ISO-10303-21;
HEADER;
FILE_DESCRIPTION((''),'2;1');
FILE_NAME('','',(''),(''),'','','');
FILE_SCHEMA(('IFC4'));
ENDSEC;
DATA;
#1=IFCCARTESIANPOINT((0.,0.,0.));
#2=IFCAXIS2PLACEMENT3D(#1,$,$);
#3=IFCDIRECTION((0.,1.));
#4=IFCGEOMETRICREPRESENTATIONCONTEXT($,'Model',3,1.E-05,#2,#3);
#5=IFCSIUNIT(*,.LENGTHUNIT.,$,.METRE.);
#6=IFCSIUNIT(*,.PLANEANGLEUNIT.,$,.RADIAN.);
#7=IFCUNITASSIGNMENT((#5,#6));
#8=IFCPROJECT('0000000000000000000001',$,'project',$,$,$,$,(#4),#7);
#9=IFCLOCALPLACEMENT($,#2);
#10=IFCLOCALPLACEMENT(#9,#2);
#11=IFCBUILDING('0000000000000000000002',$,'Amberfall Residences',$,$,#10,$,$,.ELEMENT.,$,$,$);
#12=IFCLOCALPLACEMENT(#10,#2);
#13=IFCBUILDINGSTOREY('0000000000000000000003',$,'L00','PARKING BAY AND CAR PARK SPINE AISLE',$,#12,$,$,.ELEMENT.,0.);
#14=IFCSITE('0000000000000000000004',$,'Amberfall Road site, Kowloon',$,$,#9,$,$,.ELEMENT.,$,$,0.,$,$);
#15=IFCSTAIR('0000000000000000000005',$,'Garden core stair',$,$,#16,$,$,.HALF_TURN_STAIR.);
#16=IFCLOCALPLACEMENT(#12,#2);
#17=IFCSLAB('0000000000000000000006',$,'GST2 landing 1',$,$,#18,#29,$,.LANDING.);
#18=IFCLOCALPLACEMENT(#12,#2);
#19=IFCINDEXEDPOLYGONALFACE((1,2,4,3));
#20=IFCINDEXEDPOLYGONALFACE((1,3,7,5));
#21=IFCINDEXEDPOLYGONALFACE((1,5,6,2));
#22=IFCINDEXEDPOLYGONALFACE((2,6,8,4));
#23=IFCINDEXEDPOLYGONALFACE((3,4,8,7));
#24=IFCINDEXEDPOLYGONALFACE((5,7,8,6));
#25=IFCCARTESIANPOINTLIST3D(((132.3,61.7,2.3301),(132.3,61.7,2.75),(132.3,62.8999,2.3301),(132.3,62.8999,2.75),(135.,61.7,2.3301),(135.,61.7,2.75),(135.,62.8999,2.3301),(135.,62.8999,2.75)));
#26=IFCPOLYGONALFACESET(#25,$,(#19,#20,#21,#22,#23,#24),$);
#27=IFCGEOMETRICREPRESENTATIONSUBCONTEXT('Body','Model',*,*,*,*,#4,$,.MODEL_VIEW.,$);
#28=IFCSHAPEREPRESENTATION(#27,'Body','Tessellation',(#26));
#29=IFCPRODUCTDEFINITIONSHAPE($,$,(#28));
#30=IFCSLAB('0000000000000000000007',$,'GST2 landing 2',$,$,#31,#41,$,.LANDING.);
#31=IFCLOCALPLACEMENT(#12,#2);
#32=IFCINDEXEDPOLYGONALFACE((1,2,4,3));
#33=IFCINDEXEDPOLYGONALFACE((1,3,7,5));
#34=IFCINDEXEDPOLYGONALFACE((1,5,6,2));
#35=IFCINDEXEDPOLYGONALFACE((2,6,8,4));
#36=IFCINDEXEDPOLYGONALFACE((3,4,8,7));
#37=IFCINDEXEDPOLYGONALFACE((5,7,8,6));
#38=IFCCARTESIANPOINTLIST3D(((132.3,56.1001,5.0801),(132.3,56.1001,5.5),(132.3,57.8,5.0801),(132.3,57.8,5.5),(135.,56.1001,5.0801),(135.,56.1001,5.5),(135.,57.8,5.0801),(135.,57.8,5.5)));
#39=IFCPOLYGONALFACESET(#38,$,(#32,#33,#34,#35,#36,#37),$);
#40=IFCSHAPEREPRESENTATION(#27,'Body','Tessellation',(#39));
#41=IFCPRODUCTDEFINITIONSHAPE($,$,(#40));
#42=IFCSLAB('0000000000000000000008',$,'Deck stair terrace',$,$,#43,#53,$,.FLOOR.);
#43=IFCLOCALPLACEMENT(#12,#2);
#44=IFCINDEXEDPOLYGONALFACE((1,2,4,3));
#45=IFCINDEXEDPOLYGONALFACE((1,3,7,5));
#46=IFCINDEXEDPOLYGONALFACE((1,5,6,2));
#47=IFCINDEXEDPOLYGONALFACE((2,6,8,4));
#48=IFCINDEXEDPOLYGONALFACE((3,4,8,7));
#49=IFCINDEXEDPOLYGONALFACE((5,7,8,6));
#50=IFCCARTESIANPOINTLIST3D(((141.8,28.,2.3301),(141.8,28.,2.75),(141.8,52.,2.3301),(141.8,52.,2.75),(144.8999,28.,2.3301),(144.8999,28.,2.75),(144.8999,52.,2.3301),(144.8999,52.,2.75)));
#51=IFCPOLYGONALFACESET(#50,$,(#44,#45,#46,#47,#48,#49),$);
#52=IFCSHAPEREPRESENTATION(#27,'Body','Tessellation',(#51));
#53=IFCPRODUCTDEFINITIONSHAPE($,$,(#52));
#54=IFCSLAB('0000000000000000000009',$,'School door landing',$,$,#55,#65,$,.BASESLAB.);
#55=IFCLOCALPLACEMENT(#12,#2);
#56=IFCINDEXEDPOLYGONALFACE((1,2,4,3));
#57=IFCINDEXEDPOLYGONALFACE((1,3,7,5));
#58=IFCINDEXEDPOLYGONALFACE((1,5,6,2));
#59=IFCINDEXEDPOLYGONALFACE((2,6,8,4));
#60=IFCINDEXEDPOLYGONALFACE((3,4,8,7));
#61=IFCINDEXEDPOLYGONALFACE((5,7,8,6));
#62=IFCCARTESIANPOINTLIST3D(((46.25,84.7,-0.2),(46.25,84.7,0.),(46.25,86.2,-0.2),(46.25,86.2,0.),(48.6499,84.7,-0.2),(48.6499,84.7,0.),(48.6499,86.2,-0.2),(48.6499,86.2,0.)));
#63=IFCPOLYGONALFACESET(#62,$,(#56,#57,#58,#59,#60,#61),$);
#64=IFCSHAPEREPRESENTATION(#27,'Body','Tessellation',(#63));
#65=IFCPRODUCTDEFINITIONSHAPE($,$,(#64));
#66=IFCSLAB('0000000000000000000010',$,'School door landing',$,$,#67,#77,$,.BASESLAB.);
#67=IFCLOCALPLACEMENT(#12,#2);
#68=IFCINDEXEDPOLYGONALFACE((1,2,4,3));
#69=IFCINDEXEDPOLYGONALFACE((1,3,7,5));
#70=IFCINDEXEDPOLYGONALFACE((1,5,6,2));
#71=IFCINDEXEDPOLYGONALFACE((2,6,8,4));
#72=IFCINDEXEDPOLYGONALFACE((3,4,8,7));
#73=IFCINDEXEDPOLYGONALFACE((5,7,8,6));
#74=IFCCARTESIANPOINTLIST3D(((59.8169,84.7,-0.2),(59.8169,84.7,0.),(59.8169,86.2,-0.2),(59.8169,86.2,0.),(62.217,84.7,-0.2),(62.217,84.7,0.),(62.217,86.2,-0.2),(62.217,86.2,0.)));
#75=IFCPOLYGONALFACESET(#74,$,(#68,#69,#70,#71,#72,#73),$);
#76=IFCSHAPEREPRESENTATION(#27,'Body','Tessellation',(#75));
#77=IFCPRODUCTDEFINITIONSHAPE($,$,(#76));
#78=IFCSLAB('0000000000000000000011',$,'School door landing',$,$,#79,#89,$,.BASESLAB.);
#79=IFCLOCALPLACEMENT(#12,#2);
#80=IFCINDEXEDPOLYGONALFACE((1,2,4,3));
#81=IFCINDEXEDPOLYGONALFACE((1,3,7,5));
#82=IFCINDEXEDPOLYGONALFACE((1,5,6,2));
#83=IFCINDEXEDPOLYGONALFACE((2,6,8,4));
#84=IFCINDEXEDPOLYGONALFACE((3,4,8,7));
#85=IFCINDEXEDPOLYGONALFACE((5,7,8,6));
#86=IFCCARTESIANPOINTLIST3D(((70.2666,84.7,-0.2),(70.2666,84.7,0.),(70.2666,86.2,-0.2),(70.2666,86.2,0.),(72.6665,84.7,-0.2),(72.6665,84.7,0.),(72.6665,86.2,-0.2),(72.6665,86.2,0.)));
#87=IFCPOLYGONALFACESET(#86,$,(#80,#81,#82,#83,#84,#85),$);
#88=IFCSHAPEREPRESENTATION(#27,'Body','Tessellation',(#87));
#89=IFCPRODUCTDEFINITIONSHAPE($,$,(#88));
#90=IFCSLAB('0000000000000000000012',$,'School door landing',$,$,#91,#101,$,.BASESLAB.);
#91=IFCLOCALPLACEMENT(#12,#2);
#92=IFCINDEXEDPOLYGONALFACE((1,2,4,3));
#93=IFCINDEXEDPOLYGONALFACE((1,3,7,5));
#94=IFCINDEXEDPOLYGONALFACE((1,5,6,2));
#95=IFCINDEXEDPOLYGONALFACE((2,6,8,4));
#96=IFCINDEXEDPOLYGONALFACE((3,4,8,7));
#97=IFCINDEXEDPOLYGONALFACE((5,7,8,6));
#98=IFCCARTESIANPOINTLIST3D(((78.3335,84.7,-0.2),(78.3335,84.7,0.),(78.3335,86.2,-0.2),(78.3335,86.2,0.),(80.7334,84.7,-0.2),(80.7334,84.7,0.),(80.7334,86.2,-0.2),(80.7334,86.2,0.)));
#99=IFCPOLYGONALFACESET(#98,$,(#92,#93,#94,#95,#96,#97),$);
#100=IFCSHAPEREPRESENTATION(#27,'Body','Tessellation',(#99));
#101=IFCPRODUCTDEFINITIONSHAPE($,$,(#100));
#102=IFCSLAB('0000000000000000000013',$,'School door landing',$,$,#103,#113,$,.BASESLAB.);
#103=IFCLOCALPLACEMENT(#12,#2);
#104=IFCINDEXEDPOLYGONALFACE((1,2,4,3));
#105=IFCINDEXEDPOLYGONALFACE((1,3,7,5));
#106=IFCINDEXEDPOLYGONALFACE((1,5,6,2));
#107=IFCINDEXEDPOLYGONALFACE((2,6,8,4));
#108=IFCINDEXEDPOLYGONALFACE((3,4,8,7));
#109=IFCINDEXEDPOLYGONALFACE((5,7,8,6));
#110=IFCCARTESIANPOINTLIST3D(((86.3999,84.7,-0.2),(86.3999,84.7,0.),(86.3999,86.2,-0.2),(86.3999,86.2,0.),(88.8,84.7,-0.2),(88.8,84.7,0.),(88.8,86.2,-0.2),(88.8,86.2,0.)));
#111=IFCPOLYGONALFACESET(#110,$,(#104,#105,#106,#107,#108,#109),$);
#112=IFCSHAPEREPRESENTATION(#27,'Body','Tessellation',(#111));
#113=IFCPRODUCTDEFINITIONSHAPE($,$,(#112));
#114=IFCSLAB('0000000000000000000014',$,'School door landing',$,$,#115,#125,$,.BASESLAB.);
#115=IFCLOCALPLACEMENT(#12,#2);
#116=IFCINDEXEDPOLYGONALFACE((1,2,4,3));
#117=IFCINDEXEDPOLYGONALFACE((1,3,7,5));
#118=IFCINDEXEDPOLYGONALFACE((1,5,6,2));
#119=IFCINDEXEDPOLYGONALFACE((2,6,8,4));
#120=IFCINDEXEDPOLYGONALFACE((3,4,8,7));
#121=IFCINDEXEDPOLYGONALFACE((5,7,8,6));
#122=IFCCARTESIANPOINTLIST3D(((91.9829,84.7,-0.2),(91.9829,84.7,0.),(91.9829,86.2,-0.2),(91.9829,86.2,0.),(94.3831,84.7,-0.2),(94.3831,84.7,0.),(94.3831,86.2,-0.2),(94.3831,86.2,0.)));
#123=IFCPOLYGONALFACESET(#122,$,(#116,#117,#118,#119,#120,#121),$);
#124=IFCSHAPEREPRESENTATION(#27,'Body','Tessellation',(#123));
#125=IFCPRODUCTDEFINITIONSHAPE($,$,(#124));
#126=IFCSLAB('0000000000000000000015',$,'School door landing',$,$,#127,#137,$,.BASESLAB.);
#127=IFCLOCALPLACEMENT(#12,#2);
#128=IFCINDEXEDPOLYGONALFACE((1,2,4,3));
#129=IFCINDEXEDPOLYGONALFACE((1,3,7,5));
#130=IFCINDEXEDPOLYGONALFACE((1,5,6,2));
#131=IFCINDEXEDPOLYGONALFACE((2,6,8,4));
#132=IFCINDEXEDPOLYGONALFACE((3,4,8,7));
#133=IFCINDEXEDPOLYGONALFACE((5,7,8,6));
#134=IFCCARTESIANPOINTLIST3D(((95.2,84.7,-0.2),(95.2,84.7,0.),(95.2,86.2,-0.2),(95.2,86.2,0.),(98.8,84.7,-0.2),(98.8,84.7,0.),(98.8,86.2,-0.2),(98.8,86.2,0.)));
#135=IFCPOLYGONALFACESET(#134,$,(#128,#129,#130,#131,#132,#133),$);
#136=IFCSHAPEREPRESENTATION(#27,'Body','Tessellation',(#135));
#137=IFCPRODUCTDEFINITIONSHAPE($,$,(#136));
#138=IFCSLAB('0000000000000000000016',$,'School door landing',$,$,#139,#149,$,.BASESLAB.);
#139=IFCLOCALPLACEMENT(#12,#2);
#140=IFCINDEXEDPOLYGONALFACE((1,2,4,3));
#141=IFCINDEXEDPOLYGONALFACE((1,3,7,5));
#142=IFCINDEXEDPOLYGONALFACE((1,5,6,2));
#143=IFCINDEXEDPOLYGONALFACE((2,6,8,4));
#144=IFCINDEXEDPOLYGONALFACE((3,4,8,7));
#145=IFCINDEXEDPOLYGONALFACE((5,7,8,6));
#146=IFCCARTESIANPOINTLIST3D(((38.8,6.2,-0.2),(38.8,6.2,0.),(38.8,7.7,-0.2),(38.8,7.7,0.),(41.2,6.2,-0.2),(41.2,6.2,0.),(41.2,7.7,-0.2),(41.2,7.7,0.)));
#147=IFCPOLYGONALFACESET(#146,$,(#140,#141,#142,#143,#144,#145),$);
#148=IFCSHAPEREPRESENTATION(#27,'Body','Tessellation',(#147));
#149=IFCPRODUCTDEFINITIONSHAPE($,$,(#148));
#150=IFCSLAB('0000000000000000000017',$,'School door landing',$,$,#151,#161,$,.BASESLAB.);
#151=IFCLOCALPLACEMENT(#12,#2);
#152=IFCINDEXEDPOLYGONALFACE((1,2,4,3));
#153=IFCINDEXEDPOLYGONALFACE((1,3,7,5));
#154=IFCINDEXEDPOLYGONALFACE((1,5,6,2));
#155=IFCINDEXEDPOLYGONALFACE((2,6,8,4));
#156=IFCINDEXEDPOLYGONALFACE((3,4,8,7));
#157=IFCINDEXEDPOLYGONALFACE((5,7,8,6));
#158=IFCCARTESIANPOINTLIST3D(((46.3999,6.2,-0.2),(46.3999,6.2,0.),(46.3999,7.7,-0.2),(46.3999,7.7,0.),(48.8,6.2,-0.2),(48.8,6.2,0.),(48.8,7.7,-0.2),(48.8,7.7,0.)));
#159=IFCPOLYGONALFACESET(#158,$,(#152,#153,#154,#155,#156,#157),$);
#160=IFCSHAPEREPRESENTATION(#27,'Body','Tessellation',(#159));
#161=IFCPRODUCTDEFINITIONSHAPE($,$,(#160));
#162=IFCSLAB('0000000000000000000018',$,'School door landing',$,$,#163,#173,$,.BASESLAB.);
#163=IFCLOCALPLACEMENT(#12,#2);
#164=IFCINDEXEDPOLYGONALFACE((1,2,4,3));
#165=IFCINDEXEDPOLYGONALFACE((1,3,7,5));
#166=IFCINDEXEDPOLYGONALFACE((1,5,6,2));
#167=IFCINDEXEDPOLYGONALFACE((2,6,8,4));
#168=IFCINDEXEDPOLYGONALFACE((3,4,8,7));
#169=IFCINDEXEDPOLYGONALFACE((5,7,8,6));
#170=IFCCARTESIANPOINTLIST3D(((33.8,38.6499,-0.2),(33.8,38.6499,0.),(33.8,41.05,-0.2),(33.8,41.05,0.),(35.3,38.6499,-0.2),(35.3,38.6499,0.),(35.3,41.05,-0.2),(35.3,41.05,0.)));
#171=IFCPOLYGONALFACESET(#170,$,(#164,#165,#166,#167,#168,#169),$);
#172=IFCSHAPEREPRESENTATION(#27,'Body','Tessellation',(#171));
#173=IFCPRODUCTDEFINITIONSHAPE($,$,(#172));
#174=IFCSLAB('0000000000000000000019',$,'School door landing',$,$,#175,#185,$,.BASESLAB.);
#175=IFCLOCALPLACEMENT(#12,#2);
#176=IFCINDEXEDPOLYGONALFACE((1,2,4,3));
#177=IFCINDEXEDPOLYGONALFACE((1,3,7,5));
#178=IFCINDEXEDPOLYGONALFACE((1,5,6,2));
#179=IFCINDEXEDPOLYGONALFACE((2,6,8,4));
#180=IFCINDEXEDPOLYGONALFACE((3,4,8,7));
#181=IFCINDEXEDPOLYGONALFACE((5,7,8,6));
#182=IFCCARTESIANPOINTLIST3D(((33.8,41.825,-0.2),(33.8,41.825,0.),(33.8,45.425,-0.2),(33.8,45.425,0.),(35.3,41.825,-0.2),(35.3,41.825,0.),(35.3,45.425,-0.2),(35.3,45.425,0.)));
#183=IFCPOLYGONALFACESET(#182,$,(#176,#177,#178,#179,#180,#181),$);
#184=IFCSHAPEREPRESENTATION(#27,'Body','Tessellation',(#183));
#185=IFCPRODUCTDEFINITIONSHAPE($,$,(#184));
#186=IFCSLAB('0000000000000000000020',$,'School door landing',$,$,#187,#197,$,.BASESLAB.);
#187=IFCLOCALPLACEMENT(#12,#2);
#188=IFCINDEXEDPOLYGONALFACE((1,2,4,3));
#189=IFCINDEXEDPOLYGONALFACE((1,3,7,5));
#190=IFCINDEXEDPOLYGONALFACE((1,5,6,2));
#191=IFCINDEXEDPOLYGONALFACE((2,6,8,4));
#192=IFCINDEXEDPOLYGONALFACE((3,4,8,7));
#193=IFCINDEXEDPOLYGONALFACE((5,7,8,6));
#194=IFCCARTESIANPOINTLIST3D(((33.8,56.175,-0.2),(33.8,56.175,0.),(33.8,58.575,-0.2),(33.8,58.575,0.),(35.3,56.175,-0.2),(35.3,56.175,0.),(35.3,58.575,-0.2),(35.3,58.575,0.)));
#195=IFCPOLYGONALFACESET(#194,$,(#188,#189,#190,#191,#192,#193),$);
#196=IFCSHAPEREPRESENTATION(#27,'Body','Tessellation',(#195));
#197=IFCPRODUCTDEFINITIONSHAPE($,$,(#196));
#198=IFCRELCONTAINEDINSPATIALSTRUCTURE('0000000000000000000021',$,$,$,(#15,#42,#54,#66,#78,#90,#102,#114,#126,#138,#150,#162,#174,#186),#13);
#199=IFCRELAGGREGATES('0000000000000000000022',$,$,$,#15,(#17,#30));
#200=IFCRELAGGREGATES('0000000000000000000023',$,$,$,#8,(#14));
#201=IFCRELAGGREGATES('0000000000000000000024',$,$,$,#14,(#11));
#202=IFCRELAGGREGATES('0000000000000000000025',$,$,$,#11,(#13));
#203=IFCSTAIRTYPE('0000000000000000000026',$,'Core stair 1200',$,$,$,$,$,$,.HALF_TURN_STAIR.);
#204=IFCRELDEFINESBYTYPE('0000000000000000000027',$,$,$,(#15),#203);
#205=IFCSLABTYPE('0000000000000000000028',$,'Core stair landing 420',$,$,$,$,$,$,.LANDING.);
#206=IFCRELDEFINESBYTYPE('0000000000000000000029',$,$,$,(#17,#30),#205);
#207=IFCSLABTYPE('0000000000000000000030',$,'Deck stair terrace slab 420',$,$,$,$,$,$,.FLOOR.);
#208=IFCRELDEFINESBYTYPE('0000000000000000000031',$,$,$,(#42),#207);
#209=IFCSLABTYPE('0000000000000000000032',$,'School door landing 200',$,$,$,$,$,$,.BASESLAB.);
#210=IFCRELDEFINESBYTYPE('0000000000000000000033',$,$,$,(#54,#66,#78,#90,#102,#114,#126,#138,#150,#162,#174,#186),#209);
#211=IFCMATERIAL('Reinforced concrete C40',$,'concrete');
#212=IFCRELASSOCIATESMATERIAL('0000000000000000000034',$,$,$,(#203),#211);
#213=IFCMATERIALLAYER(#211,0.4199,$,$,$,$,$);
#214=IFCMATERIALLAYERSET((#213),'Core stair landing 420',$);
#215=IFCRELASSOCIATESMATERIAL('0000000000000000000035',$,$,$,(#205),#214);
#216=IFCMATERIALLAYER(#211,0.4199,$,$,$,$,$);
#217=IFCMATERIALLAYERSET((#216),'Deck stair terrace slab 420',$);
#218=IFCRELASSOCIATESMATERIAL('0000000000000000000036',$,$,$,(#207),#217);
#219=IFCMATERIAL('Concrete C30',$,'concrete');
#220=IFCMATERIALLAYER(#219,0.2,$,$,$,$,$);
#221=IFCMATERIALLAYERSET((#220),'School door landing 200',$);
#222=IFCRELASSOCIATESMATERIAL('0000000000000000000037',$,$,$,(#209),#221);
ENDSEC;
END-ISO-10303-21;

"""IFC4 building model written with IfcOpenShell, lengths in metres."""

from ifc_helpers import new_model, si_unit, direction, frame, origin, place, context, subcontext, project, spatial, polyline, outline, extrude, material, layer, layer_set, type_object, element, aggregate, save


model = new_model("IFC4")

# Units and contexts
model_context = context("Model", 3, precision=1e-05, world=origin(), true_north=direction((0.0, 1.0)))
body_context = subcontext(model_context, "Body", "Model", "MODEL_VIEW")
ifc_project = project(units=[si_unit("LENGTHUNIT", "METRE"), si_unit("PLANEANGLEUNIT", "RADIAN")], contexts=[model_context])

# Site, building, storey
site_placement = place(None, origin())
site = spatial("IfcSite", under=ifc_project, at=site_placement, Name="Amberfall Road site, Kowloon", CompositionType="ELEMENT", RefElevation=0.0)
building_placement = place(site_placement, origin())
building = spatial("IfcBuilding", under=site, at=building_placement, Name="Amberfall Residences", CompositionType="ELEMENT")
storey_placement = place(building_placement, origin())
storey = spatial("IfcBuildingStorey", under=building, at=storey_placement, Name="L00", Description="PARKING BAY AND CAR PARK SPINE AISLE", CompositionType="ELEMENT", Elevation=0.0)

# Stair, slabs
ifc_material_1 = material(Name="Reinforced concrete C40", Category="concrete")
stair_type_1 = type_object("IfcStairType", Name="Core stair 1200", PredefinedType="HALF_TURN_STAIR", material=ifc_material_1)
stair_1_placement = place(storey_placement, origin())
stair_1 = element("IfcStair", 1, at=stair_1_placement, inside=storey, type_object=stair_type_1, Name="Garden core stair", PredefinedType="HALF_TURN_STAIR")
ifc_layer_1 = layer(ifc_material_1, 0.4199)
ifc_layer_set_1 = layer_set([ifc_layer_1], Name="Core stair landing 420")
slab_type_1 = type_object("IfcSlabType", Name="Core stair landing 420", PredefinedType="LANDING", material=ifc_layer_set_1)
slab_1_placement = place(storey_placement, frame((0.0, 0.0, 2.3301)))
slab_1 = element("IfcSlab", 2, at=slab_1_placement, type_object=slab_type_1, Name="GST2 landing 1", PredefinedType="LANDING", context=body_context, shape_type="SweptSolid", body=[
    extrude(outline(polyline([(132.3, 61.7), (135.0, 61.7), (135.0, 62.8999), (132.3, 62.8999), (132.3, 61.7)])), origin(), (0.0, 0.0, 1.0), 0.4199),
])
slab_2_placement = place(storey_placement, frame((0.0, 0.0, 5.0801)))
slab_2 = element("IfcSlab", 3, at=slab_2_placement, type_object=slab_type_1, Name="GST2 landing 2", PredefinedType="LANDING", context=body_context, shape_type="SweptSolid", body=[
    extrude(outline(polyline([(132.3, 56.1001), (135.0, 56.1001), (135.0, 57.8), (132.3, 57.8), (132.3, 56.1001)])), origin(), (0.0, 0.0, 1.0), 0.4199),
])
aggregate(stair_1, [slab_1, slab_2])

# Slabs
ifc_layer_2 = layer(ifc_material_1, 0.4199)
ifc_layer_set_2 = layer_set([ifc_layer_2], Name="Deck stair terrace slab 420")
slab_type_2 = type_object("IfcSlabType", Name="Deck stair terrace slab 420", PredefinedType="FLOOR", material=ifc_layer_set_2)
slab_3_placement = place(storey_placement, frame((0.0, 0.0, 2.3301)))
element("IfcSlab", 4, at=slab_3_placement, inside=storey, type_object=slab_type_2, Name="Deck stair terrace", PredefinedType="FLOOR", context=body_context, shape_type="SweptSolid", body=[
    extrude(outline(polyline([(144.8999, 28.0), (141.8, 28.0), (141.8, 52.0), (144.8999, 52.0), (144.8999, 28.0)])), origin(), (0.0, 0.0, 1.0), 0.4199),
])
ifc_material_2 = material(Name="Concrete C30", Category="concrete")
ifc_layer_3 = layer(ifc_material_2, 0.2)
ifc_layer_set_3 = layer_set([ifc_layer_3], Name="School door landing 200")
slab_type_3 = type_object("IfcSlabType", Name="School door landing 200", PredefinedType="BASESLAB", material=ifc_layer_set_3)
slab_4_placement = place(storey_placement, frame((0.0, 0.0, -0.2)))
element("IfcSlab", 5, at=slab_4_placement, inside=storey, type_object=slab_type_3, Name="School door landing", PredefinedType="BASESLAB", context=body_context, shape_type="SweptSolid", body=[
    extrude(outline(polyline([(46.25, 84.7), (48.6499, 84.7), (48.6499, 86.2), (46.25, 86.2), (46.25, 84.7)])), origin(), (0.0, 0.0, 1.0), 0.2),
])
slab_5_placement = place(storey_placement, frame((0.0, 0.0, -0.2)))
element("IfcSlab", 6, at=slab_5_placement, inside=storey, type_object=slab_type_3, Name="School door landing", PredefinedType="BASESLAB", context=body_context, shape_type="SweptSolid", body=[
    extrude(outline(polyline([(59.8169, 84.7), (62.217, 84.7), (62.217, 86.2), (59.8169, 86.2), (59.8169, 84.7)])), origin(), (0.0, 0.0, 1.0), 0.2),
])
slab_6_placement = place(storey_placement, frame((0.0, 0.0, -0.2)))
element("IfcSlab", 7, at=slab_6_placement, inside=storey, type_object=slab_type_3, Name="School door landing", PredefinedType="BASESLAB", context=body_context, shape_type="SweptSolid", body=[
    extrude(outline(polyline([(70.2666, 84.7), (72.6665, 84.7), (72.6665, 86.2), (70.2666, 86.2), (70.2666, 84.7)])), origin(), (0.0, 0.0, 1.0), 0.2),
])
slab_7_placement = place(storey_placement, frame((0.0, 0.0, -0.2)))
element("IfcSlab", 8, at=slab_7_placement, inside=storey, type_object=slab_type_3, Name="School door landing", PredefinedType="BASESLAB", context=body_context, shape_type="SweptSolid", body=[
    extrude(outline(polyline([(78.3335, 84.7), (80.7334, 84.7), (80.7334, 86.2), (78.3335, 86.2), (78.3335, 84.7)])), origin(), (0.0, 0.0, 1.0), 0.2),
])
slab_8_placement = place(storey_placement, frame((0.0, 0.0, -0.2)))
element("IfcSlab", 9, at=slab_8_placement, inside=storey, type_object=slab_type_3, Name="School door landing", PredefinedType="BASESLAB", context=body_context, shape_type="SweptSolid", body=[
    extrude(outline(polyline([(86.3999, 84.7), (88.8, 84.7), (88.8, 86.2), (86.3999, 86.2), (86.3999, 84.7)])), origin(), (0.0, 0.0, 1.0), 0.2),
])
slab_9_placement = place(storey_placement, frame((0.0, 0.0, -0.2)))
element("IfcSlab", 10, at=slab_9_placement, inside=storey, type_object=slab_type_3, Name="School door landing", PredefinedType="BASESLAB", context=body_context, shape_type="SweptSolid", body=[
    extrude(outline(polyline([(91.9829, 84.7), (94.3831, 84.7), (94.3831, 86.2), (91.9829, 86.2), (91.9829, 84.7)])), origin(), (0.0, 0.0, 1.0), 0.2),
])
slab_10_placement = place(storey_placement, frame((0.0, 0.0, -0.2)))
element("IfcSlab", 11, at=slab_10_placement, inside=storey, type_object=slab_type_3, Name="School door landing", PredefinedType="BASESLAB", context=body_context, shape_type="SweptSolid", body=[
    extrude(outline(polyline([(95.2, 84.7), (98.8, 84.7), (98.8, 86.2), (95.2, 86.2), (95.2, 84.7)])), origin(), (0.0, 0.0, 1.0), 0.2),
])
slab_11_placement = place(storey_placement, frame((0.0, 0.0, -0.2)))
element("IfcSlab", 12, at=slab_11_placement, inside=storey, type_object=slab_type_3, Name="School door landing", PredefinedType="BASESLAB", context=body_context, shape_type="SweptSolid", body=[
    extrude(outline(polyline([(38.8, 6.2), (41.2, 6.2), (41.2, 7.7), (38.8, 7.7), (38.8, 6.2)])), origin(), (0.0, 0.0, 1.0), 0.2),
])
slab_12_placement = place(storey_placement, frame((0.0, 0.0, -0.2)))
element("IfcSlab", 13, at=slab_12_placement, inside=storey, type_object=slab_type_3, Name="School door landing", PredefinedType="BASESLAB", context=body_context, shape_type="SweptSolid", body=[
    extrude(outline(polyline([(46.3999, 6.2), (48.8, 6.2), (48.8, 7.7), (46.3999, 7.7), (46.3999, 6.2)])), origin(), (0.0, 0.0, 1.0), 0.2),
])
slab_13_placement = place(storey_placement, frame((0.0, 0.0, -0.2)))
element("IfcSlab", 14, at=slab_13_placement, inside=storey, type_object=slab_type_3, Name="School door landing", PredefinedType="BASESLAB", context=body_context, shape_type="SweptSolid", body=[
    extrude(outline(polyline([(33.8, 38.6499), (35.3, 38.6499), (35.3, 41.05), (33.8, 41.05), (33.8, 38.6499)])), origin(), (0.0, 0.0, 1.0), 0.2),
])
slab_14_placement = place(storey_placement, frame((0.0, 0.0, -0.2)))
element("IfcSlab", 15, at=slab_14_placement, inside=storey, type_object=slab_type_3, Name="School door landing", PredefinedType="BASESLAB", context=body_context, shape_type="SweptSolid", body=[
    extrude(outline(polyline([(33.8, 41.825), (35.3, 41.825), (35.3, 45.425), (33.8, 45.425), (33.8, 41.825)])), origin(), (0.0, 0.0, 1.0), 0.2),
])
slab_15_placement = place(storey_placement, frame((0.0, 0.0, -0.2)))
element("IfcSlab", 16, at=slab_15_placement, inside=storey, type_object=slab_type_3, Name="School door landing", PredefinedType="BASESLAB", context=body_context, shape_type="SweptSolid", body=[
    extrude(outline(polyline([(33.8, 56.175), (35.3, 56.175), (35.3, 58.575), (33.8, 58.575), (33.8, 56.175)])), origin(), (0.0, 0.0, 1.0), 0.2),
])

save(model, "model.ifc")
